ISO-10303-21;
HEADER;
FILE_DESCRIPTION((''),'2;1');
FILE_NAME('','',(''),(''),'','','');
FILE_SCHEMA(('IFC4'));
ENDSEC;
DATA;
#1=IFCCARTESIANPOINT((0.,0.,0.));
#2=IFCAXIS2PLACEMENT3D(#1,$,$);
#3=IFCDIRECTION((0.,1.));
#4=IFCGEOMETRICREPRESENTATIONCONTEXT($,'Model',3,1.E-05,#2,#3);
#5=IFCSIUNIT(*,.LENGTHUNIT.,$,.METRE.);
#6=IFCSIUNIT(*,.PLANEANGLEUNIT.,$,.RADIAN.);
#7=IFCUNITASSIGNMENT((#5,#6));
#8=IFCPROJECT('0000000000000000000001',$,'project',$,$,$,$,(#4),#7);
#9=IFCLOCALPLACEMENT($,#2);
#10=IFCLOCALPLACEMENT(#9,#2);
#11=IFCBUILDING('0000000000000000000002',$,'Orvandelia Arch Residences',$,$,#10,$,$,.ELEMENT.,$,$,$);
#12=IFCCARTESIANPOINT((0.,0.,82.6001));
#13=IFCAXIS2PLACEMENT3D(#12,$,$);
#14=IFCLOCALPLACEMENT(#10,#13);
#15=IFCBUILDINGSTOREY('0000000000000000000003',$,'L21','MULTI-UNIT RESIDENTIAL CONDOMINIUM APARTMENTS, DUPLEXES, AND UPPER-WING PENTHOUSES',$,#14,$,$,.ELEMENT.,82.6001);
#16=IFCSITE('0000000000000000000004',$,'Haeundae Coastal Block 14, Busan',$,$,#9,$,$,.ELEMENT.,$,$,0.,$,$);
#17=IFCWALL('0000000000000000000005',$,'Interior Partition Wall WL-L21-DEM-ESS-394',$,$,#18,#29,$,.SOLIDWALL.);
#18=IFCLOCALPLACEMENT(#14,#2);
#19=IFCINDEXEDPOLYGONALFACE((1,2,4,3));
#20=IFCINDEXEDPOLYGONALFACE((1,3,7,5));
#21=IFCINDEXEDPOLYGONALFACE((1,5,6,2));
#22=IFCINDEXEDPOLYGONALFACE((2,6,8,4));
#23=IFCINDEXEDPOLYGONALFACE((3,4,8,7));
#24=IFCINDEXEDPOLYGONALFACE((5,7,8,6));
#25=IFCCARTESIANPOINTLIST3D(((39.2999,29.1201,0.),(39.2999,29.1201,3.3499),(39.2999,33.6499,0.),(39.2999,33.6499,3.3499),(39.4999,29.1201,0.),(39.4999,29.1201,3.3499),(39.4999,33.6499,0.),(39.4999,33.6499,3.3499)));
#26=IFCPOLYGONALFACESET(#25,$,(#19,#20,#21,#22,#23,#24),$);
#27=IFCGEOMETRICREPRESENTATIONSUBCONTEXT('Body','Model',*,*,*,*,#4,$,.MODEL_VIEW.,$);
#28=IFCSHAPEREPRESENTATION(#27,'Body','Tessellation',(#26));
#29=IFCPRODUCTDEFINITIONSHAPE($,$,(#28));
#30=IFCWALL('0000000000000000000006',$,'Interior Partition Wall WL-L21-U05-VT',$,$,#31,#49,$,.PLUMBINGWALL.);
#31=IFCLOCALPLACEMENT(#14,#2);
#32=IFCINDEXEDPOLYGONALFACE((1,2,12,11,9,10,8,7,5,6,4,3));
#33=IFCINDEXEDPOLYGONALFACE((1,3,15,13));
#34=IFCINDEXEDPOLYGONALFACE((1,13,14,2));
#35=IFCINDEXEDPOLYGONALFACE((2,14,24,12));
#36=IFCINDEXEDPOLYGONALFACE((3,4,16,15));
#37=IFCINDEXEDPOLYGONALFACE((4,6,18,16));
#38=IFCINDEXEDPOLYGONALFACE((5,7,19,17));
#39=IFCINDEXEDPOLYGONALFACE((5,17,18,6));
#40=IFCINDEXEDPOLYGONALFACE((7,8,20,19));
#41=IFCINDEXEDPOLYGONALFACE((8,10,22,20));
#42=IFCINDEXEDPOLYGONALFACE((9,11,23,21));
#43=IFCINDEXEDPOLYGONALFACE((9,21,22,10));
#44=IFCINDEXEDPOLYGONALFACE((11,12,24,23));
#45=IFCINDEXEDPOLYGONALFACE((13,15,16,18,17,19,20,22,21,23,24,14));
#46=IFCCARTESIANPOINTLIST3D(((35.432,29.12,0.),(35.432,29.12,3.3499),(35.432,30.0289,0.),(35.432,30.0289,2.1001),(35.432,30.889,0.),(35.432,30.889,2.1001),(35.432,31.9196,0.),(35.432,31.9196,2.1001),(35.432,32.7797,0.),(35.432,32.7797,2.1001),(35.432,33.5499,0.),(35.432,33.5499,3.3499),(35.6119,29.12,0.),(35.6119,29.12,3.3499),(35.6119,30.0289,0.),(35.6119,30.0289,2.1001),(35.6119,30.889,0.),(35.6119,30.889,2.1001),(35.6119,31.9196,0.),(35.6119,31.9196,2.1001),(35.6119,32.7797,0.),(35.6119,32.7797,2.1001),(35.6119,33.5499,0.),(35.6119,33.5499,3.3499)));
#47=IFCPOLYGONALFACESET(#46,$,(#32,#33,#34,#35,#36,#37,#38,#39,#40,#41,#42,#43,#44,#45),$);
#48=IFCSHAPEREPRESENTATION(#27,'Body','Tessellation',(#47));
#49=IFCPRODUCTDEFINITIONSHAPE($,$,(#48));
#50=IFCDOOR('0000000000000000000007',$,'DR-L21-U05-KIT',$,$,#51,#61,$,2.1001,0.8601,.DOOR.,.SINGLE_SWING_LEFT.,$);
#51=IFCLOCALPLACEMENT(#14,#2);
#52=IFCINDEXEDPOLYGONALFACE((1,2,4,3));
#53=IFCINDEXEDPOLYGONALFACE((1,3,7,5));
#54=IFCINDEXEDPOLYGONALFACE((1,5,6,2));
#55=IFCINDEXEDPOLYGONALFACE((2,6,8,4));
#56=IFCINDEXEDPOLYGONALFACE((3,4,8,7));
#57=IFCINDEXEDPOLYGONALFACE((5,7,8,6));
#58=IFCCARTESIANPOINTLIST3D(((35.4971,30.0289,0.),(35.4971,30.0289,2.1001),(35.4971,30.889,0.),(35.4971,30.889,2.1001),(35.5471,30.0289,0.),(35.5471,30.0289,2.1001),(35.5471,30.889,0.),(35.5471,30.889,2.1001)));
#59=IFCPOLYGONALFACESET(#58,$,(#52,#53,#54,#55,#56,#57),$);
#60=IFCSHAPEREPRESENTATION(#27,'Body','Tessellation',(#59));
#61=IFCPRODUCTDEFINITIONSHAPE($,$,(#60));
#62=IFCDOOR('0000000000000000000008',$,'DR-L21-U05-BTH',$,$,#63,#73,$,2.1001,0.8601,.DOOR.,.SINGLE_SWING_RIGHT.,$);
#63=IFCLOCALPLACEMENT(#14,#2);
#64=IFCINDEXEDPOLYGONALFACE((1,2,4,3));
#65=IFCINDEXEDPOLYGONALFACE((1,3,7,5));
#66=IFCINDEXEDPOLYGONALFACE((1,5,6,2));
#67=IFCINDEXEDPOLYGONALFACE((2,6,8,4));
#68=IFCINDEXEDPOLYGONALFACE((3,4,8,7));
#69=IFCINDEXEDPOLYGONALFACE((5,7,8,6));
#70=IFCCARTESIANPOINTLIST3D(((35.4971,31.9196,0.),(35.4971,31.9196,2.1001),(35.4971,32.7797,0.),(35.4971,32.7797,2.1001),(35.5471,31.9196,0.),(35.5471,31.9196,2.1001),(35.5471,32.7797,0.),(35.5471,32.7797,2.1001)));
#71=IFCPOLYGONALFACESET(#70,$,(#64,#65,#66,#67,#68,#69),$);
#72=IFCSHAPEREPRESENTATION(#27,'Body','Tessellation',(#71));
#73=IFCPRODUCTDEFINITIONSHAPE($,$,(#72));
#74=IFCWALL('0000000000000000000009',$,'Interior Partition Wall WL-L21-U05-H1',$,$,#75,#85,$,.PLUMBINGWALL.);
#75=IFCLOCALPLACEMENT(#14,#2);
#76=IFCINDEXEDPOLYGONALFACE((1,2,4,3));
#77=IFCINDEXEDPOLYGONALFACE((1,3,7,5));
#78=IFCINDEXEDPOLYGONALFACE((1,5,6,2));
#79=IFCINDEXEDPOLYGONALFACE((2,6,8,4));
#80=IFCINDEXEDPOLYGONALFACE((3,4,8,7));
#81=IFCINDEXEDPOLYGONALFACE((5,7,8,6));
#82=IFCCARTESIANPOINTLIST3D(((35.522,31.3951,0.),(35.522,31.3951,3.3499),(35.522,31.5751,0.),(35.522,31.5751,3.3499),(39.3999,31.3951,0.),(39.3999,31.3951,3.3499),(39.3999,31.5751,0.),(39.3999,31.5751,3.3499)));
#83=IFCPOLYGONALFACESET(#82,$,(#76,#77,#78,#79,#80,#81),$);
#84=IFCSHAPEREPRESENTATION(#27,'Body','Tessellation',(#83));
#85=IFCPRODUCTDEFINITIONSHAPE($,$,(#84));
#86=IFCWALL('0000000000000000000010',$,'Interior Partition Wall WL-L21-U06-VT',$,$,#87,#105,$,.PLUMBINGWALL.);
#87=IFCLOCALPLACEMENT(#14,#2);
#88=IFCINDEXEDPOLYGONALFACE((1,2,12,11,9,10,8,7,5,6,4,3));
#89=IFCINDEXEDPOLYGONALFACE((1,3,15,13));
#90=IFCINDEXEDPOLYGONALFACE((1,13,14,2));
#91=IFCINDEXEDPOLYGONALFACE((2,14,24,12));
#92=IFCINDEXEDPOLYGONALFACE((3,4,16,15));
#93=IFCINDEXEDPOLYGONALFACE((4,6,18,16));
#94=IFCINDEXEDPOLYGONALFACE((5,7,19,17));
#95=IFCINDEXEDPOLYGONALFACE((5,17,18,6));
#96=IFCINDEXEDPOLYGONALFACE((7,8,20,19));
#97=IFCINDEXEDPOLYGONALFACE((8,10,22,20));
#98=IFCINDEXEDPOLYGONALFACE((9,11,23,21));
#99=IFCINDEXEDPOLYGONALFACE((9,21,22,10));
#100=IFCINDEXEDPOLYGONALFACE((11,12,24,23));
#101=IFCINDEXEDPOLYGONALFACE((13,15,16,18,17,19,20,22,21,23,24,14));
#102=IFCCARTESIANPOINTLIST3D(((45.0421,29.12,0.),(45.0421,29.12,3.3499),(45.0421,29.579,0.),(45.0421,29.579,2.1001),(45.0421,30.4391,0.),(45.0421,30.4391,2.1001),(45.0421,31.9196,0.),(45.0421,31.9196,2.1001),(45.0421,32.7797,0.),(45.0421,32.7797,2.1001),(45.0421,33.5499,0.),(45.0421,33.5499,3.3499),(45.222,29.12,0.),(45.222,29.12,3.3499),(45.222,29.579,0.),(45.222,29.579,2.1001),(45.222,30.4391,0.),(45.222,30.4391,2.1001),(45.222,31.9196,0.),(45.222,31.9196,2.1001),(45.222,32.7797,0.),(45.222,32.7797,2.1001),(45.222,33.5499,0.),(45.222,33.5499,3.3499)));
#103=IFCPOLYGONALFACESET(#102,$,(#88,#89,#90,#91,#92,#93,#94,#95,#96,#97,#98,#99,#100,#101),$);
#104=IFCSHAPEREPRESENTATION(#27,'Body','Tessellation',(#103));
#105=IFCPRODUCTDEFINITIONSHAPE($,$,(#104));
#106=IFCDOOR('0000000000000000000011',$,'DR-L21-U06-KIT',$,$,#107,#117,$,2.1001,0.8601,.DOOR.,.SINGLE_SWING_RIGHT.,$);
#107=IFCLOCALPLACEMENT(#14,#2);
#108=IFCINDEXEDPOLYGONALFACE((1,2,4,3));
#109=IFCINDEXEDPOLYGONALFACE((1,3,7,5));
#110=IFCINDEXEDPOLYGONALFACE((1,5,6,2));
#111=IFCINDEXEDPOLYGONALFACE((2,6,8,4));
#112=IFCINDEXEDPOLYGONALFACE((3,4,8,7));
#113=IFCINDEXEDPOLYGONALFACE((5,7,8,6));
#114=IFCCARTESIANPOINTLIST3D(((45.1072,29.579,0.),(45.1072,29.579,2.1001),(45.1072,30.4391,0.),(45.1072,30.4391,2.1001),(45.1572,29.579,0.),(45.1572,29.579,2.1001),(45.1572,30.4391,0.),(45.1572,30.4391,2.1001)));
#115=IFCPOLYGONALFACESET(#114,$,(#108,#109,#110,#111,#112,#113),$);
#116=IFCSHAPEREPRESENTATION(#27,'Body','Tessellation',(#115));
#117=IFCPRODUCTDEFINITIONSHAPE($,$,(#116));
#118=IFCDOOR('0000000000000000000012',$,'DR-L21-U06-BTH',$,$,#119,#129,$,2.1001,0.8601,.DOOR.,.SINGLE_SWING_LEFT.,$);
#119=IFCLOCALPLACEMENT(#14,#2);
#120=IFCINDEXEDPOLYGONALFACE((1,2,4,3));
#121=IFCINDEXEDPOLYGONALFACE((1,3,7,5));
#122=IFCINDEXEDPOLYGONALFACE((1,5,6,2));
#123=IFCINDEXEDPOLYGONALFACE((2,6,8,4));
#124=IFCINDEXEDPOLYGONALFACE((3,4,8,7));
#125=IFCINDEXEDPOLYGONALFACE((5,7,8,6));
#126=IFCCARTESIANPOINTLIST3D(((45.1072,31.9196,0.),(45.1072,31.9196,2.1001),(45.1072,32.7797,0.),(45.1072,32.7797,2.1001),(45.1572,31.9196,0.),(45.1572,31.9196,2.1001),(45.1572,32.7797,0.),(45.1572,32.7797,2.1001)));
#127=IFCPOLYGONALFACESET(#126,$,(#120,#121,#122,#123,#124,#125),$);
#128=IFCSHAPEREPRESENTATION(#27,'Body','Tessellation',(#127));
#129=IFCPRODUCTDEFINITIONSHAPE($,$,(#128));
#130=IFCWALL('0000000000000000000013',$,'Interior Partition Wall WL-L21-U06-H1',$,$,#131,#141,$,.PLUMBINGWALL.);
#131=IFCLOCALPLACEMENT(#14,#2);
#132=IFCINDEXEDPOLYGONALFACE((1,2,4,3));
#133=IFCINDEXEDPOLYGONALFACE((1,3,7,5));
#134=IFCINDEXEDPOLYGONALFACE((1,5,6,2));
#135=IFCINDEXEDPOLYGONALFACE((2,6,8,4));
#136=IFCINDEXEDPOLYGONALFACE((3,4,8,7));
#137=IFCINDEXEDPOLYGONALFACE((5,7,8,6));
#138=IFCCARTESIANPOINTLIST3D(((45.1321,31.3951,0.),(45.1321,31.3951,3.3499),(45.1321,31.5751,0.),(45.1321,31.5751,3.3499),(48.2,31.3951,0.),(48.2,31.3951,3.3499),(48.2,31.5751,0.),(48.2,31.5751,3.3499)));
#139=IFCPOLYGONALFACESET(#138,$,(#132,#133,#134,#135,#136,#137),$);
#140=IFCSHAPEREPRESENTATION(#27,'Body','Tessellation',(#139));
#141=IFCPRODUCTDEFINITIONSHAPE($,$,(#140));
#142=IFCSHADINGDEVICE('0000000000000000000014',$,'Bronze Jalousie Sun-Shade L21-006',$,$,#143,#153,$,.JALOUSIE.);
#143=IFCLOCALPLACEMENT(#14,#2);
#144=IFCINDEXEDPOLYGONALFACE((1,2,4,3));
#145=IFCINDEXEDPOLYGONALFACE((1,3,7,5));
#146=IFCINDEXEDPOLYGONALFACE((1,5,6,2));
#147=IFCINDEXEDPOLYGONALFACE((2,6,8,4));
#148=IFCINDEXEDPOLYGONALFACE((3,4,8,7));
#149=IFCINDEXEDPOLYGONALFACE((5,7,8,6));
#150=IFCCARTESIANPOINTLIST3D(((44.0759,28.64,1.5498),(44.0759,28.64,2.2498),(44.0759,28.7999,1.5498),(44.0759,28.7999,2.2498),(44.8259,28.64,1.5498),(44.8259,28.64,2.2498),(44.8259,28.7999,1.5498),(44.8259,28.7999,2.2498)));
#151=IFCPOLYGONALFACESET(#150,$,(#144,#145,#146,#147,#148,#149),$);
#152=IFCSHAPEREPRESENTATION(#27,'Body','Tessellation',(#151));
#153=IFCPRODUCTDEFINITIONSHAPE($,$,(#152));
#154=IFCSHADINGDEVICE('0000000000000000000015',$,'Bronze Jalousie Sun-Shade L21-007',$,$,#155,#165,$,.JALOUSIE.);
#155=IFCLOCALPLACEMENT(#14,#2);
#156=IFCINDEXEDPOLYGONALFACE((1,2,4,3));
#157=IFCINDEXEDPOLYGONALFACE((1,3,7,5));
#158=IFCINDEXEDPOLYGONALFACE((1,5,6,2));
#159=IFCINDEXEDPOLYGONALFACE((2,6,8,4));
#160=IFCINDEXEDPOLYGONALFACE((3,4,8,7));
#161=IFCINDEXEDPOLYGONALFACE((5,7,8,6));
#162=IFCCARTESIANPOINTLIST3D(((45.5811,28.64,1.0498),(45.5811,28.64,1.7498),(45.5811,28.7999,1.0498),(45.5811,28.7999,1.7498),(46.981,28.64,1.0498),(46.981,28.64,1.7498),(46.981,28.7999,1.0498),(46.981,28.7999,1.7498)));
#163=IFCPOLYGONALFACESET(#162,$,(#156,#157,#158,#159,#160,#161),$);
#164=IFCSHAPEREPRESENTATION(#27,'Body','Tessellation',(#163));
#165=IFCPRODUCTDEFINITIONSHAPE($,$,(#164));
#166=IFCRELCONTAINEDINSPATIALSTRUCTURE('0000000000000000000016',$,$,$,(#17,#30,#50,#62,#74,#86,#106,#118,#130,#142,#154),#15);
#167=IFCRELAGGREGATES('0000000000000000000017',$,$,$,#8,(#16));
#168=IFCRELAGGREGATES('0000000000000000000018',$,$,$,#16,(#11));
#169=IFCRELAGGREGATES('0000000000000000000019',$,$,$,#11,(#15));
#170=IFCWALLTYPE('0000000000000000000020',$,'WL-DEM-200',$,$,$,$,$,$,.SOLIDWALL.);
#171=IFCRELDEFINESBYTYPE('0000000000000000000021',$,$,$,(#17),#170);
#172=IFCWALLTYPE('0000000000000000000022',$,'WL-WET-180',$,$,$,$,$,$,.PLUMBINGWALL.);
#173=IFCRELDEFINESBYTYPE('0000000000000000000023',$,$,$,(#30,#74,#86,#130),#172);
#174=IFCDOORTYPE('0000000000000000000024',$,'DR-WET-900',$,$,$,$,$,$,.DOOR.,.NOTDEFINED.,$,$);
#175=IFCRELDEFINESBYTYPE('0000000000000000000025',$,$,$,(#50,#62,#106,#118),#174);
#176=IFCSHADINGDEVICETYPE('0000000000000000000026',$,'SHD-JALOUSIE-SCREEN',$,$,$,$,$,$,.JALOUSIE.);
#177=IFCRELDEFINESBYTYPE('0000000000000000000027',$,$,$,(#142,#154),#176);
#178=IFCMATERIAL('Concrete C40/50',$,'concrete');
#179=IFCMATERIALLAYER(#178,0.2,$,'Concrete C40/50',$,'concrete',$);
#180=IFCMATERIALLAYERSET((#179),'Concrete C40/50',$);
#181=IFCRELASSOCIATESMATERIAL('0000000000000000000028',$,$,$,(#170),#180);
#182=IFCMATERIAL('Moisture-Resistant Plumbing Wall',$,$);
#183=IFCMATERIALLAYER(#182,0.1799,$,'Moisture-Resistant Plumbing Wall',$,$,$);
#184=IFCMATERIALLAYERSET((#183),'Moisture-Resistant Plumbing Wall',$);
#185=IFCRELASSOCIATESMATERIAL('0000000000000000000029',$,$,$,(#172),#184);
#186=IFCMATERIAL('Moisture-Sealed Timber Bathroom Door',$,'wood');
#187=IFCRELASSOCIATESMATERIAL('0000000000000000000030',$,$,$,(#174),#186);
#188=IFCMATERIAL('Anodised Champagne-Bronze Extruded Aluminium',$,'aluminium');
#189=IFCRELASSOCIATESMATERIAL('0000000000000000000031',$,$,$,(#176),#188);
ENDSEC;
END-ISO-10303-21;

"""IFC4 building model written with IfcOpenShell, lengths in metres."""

from ifc_helpers import new_model, si_unit, direction, frame, frame_2d, origin, origin_2d, place, context, subcontext, project, spatial, rectangle, extrude, material, layer, layer_set, type_object, element, fill, save


model = new_model("IFC4")

# Units and contexts
model_context = context("Model", 3, precision=1e-05, world=origin(), true_north=direction((0.0, 1.0)))
body_context = subcontext(model_context, "Body", "Model", "MODEL_VIEW")
ifc_project = project(units=[si_unit("LENGTHUNIT", "METRE"), si_unit("PLANEANGLEUNIT", "RADIAN")], contexts=[model_context])

# Site, building, storey
site_placement = place(None, origin())
site = spatial("IfcSite", under=ifc_project, at=site_placement, Name="Haeundae Coastal Block 14, Busan", CompositionType="ELEMENT", RefElevation=0.0)
building_placement = place(site_placement, origin())
building = spatial("IfcBuilding", under=site, at=building_placement, Name="Orvandelia Arch Residences", CompositionType="ELEMENT")
storey_placement = place(building_placement, frame((0.0, 0.0, 82.6001)))
storey = spatial("IfcBuildingStorey", under=building, at=storey_placement, Name="L21", Description="MULTI-UNIT RESIDENTIAL CONDOMINIUM APARTMENTS, DUPLEXES, AND UPPER-WING PENTHOUSES", CompositionType="ELEMENT", Elevation=82.6001)

# Wall
ifc_material_1 = material(Name="Concrete C40/50", Category="concrete")
ifc_layer_1 = layer(ifc_material_1, 0.2, Name="Concrete C40/50", Category="concrete")
ifc_layer_set_1 = layer_set([ifc_layer_1], Name="Concrete C40/50")
wall_type_1 = type_object("IfcWallType", Name="WL-DEM-200", PredefinedType="SOLIDWALL", material=ifc_layer_set_1)
wall_1_placement = place(storey_placement, frame((39.3999, 29.1201, 0.0), z_axis=(0.0, 0.0, 1.0), x_axis=(0.0, 1.0, 0.0)))
element("IfcWall", 1, at=wall_1_placement, inside=storey, type_object=wall_type_1, Name="Interior Partition Wall WL-L21-DEM-ESS-394", PredefinedType="SOLIDWALL", context=body_context, shape_type="SweptSolid", body=[
    extrude(rectangle(XDim=4.5298, YDim=0.2, at=frame_2d((2.2649, 0.0))), origin(), (0.0, 0.0, 1.0), 3.3499),
])

# Wall, openings, doors
ifc_material_2 = material(Name="Moisture-Resistant Plumbing Wall")
ifc_layer_2 = layer(ifc_material_2, 0.1799, Name="Moisture-Resistant Plumbing Wall")
ifc_layer_set_2 = layer_set([ifc_layer_2], Name="Moisture-Resistant Plumbing Wall")
wall_type_2 = type_object("IfcWallType", Name="WL-WET-180", PredefinedType="PLUMBINGWALL", material=ifc_layer_set_2)
wall_2_placement = place(storey_placement, frame((35.522, 29.1201, 0.0), z_axis=(0.0, 0.0, 1.0), x_axis=(0.0, 1.0, 0.0)))
wall_2 = element("IfcWall", 2, at=wall_2_placement, inside=storey, type_object=wall_type_2, Name="Interior Partition Wall WL-L21-U05-VT", PredefinedType="PLUMBINGWALL", context=body_context, shape_type="SweptSolid", body=[
    extrude(rectangle(XDim=4.4299, YDim=0.1799, at=frame_2d((2.2148, 0.0))), origin(), (0.0, 0.0, 1.0), 3.3499),
])
opening_1_placement = place(wall_2_placement, frame((0.9087, 0.0, 0.0)))
opening_1 = element("IfcOpeningElement", 3, at=opening_1_placement, cuts=wall_2, PredefinedType="OPENING", context=body_context, shape_type="SweptSolid", body=[
    extrude(rectangle(XDim=0.8601, YDim=2.1001, at=frame_2d((0.4302, 1.05))), frame((0.0, 0.1001, 0.0), z_axis=(0.0, -1.0, 0.0), x_axis=(1.0, 0.0, 0.0)), (0.0, 0.0, 1.0), 0.2),
])
opening_2_placement = place(wall_2_placement, frame((2.7993, 0.0, 0.0)))
opening_2 = element("IfcOpeningElement", 4, at=opening_2_placement, cuts=wall_2, PredefinedType="OPENING", context=body_context, shape_type="SweptSolid", body=[
    extrude(rectangle(XDim=0.8601, YDim=2.1001, at=frame_2d((0.4302, 1.05))), frame((0.0, 0.1001, 0.0), z_axis=(0.0, -1.0, 0.0), x_axis=(1.0, 0.0, 0.0)), (0.0, 0.0, 1.0), 0.2),
])
ifc_material_3 = material(Name="Moisture-Sealed Timber Bathroom Door", Category="wood")
door_type = type_object("IfcDoorType", Name="DR-WET-900", OperationType="NOTDEFINED", PredefinedType="DOOR", material=ifc_material_3)
door_1_placement = place(opening_1_placement, origin())
door_1 = element("IfcDoor", 5, at=door_1_placement, inside=storey, type_object=door_type, Name="DR-L21-U05-KIT", OperationType="SINGLE_SWING_LEFT", OverallHeight=2.1001, OverallWidth=0.8601, PredefinedType="DOOR", context=body_context, shape_type="SweptSolid", body=[
    extrude(rectangle(XDim=0.8601, YDim=2.1001, at=frame_2d((0.4302, 1.05))), frame((0.0, 0.0249, 0.0), z_axis=(0.0, -1.0, 0.0), x_axis=(1.0, 0.0, 0.0)), (0.0, 0.0, 1.0), 0.05),
])
fill(opening_1, door_1)
door_2_placement = place(opening_2_placement, origin())
door_2 = element("IfcDoor", 6, at=door_2_placement, inside=storey, type_object=door_type, Name="DR-L21-U05-BTH", OperationType="SINGLE_SWING_RIGHT", OverallHeight=2.1001, OverallWidth=0.8601, PredefinedType="DOOR", context=body_context, shape_type="SweptSolid", body=[
    extrude(rectangle(XDim=0.8601, YDim=2.1001, at=frame_2d((0.4302, 1.05))), frame((0.0, 0.0249, 0.0), z_axis=(0.0, -1.0, 0.0), x_axis=(1.0, 0.0, 0.0)), (0.0, 0.0, 1.0), 0.05),
])
fill(opening_2, door_2)

# Wall
wall_3_placement = place(storey_placement, frame((35.522, 31.4851, 0.0), z_axis=(0.0, 0.0, 1.0), x_axis=(1.0, 0.0, 0.0)))
element("IfcWall", 7, at=wall_3_placement, inside=storey, type_object=wall_type_2, Name="Interior Partition Wall WL-L21-U05-H1", PredefinedType="PLUMBINGWALL", context=body_context, shape_type="SweptSolid", body=[
    extrude(rectangle(XDim=3.8779, YDim=0.1799, at=frame_2d((1.939, 0.0))), origin(), (0.0, 0.0, 1.0), 3.3499),
])

# Wall, openings, doors
wall_4_placement = place(storey_placement, frame((45.1321, 29.1201, 0.0), z_axis=(0.0, 0.0, 1.0), x_axis=(0.0, 1.0, 0.0)))
wall_4 = element("IfcWall", 8, at=wall_4_placement, inside=storey, type_object=wall_type_2, Name="Interior Partition Wall WL-L21-U06-VT", PredefinedType="PLUMBINGWALL", context=body_context, shape_type="SweptSolid", body=[
    extrude(rectangle(XDim=4.4299, YDim=0.1799, at=frame_2d((2.2148, 0.0))), origin(), (0.0, 0.0, 1.0), 3.3499),
])
opening_3_placement = place(wall_4_placement, frame((0.4587, 0.0, 0.0)))
opening_3 = element("IfcOpeningElement", 9, at=opening_3_placement, cuts=wall_4, PredefinedType="OPENING", context=body_context, shape_type="SweptSolid", body=[
    extrude(rectangle(XDim=0.8601, YDim=2.1001, at=frame_2d((0.4302, 1.05))), frame((0.0, 0.1001, 0.0), z_axis=(0.0, -1.0, 0.0), x_axis=(1.0, 0.0, 0.0)), (0.0, 0.0, 1.0), 0.2),
])
opening_4_placement = place(wall_4_placement, frame((2.7993, 0.0, 0.0)))
opening_4 = element("IfcOpeningElement", 10, at=opening_4_placement, cuts=wall_4, PredefinedType="OPENING", context=body_context, shape_type="SweptSolid", body=[
    extrude(rectangle(XDim=0.8601, YDim=2.1001, at=frame_2d((0.4302, 1.05))), frame((0.0, 0.1001, 0.0), z_axis=(0.0, -1.0, 0.0), x_axis=(1.0, 0.0, 0.0)), (0.0, 0.0, 1.0), 0.2),
])
door_3_placement = place(opening_3_placement, origin())
door_3 = element("IfcDoor", 11, at=door_3_placement, inside=storey, type_object=door_type, Name="DR-L21-U06-KIT", OperationType="SINGLE_SWING_RIGHT", OverallHeight=2.1001, OverallWidth=0.8601, PredefinedType="DOOR", context=body_context, shape_type="SweptSolid", body=[
    extrude(rectangle(XDim=0.8601, YDim=2.1001, at=frame_2d((0.4302, 1.05))), frame((0.0, 0.0249, 0.0), z_axis=(0.0, -1.0, 0.0), x_axis=(1.0, 0.0, 0.0)), (0.0, 0.0, 1.0), 0.05),
])
fill(opening_3, door_3)
door_4_placement = place(opening_4_placement, origin())
door_4 = element("IfcDoor", 12, at=door_4_placement, inside=storey, type_object=door_type, Name="DR-L21-U06-BTH", OperationType="SINGLE_SWING_LEFT", OverallHeight=2.1001, OverallWidth=0.8601, PredefinedType="DOOR", context=body_context, shape_type="SweptSolid", body=[
    extrude(rectangle(XDim=0.8601, YDim=2.1001, at=frame_2d((0.4302, 1.05))), frame((0.0, 0.0249, 0.0), z_axis=(0.0, -1.0, 0.0), x_axis=(1.0, 0.0, 0.0)), (0.0, 0.0, 1.0), 0.05),
])
fill(opening_4, door_4)

# Wall
wall_5_placement = place(storey_placement, frame((45.1321, 31.4851, 0.0), z_axis=(0.0, 0.0, 1.0), x_axis=(1.0, 0.0, 0.0)))
element("IfcWall", 13, at=wall_5_placement, inside=storey, type_object=wall_type_2, Name="Interior Partition Wall WL-L21-U06-H1", PredefinedType="PLUMBINGWALL", context=body_context, shape_type="SweptSolid", body=[
    extrude(rectangle(XDim=3.0679, YDim=0.1799, at=frame_2d((1.5339, 0.0))), origin(), (0.0, 0.0, 1.0), 3.3499),
])

# Shading devices
ifc_material_4 = material(Name="Anodised Champagne-Bronze Extruded Aluminium", Category="aluminium")
shading_device_type_1 = type_object("IfcShadingDeviceType", Name="SHD-JALOUSIE-SCREEN", PredefinedType="JALOUSIE", material=ifc_material_4)
shading_device_1_placement = place(storey_placement, frame((44.4509, 28.72, 1.5498), z_axis=(0.0, 0.0, 1.0), x_axis=(-1.0, 0.0, 0.0)))
element("IfcShadingDevice", 14, at=shading_device_1_placement, inside=storey, type_object=shading_device_type_1, Name="Bronze Jalousie Sun-Shade L21-006", PredefinedType="JALOUSIE", context=body_context, shape_type="SweptSolid", body=[
    extrude(rectangle(XDim=0.75, YDim=0.1599, at=origin_2d()), origin(), (0.0, 0.0, 1.0), 0.7),
])
shading_device_2_placement = place(storey_placement, frame((46.281, 28.72, 1.0498), z_axis=(0.0, 0.0, 1.0), x_axis=(-1.0, 0.0, 0.0)))
element("IfcShadingDevice", 15, at=shading_device_2_placement, inside=storey, type_object=shading_device_type_1, Name="Bronze Jalousie Sun-Shade L21-007", PredefinedType="JALOUSIE", context=body_context, shape_type="SweptSolid", body=[
    extrude(rectangle(XDim=1.3999, YDim=0.1599, at=origin_2d()), origin(), (0.0, 0.0, 1.0), 0.7),
])

save(model, "model.ifc")
